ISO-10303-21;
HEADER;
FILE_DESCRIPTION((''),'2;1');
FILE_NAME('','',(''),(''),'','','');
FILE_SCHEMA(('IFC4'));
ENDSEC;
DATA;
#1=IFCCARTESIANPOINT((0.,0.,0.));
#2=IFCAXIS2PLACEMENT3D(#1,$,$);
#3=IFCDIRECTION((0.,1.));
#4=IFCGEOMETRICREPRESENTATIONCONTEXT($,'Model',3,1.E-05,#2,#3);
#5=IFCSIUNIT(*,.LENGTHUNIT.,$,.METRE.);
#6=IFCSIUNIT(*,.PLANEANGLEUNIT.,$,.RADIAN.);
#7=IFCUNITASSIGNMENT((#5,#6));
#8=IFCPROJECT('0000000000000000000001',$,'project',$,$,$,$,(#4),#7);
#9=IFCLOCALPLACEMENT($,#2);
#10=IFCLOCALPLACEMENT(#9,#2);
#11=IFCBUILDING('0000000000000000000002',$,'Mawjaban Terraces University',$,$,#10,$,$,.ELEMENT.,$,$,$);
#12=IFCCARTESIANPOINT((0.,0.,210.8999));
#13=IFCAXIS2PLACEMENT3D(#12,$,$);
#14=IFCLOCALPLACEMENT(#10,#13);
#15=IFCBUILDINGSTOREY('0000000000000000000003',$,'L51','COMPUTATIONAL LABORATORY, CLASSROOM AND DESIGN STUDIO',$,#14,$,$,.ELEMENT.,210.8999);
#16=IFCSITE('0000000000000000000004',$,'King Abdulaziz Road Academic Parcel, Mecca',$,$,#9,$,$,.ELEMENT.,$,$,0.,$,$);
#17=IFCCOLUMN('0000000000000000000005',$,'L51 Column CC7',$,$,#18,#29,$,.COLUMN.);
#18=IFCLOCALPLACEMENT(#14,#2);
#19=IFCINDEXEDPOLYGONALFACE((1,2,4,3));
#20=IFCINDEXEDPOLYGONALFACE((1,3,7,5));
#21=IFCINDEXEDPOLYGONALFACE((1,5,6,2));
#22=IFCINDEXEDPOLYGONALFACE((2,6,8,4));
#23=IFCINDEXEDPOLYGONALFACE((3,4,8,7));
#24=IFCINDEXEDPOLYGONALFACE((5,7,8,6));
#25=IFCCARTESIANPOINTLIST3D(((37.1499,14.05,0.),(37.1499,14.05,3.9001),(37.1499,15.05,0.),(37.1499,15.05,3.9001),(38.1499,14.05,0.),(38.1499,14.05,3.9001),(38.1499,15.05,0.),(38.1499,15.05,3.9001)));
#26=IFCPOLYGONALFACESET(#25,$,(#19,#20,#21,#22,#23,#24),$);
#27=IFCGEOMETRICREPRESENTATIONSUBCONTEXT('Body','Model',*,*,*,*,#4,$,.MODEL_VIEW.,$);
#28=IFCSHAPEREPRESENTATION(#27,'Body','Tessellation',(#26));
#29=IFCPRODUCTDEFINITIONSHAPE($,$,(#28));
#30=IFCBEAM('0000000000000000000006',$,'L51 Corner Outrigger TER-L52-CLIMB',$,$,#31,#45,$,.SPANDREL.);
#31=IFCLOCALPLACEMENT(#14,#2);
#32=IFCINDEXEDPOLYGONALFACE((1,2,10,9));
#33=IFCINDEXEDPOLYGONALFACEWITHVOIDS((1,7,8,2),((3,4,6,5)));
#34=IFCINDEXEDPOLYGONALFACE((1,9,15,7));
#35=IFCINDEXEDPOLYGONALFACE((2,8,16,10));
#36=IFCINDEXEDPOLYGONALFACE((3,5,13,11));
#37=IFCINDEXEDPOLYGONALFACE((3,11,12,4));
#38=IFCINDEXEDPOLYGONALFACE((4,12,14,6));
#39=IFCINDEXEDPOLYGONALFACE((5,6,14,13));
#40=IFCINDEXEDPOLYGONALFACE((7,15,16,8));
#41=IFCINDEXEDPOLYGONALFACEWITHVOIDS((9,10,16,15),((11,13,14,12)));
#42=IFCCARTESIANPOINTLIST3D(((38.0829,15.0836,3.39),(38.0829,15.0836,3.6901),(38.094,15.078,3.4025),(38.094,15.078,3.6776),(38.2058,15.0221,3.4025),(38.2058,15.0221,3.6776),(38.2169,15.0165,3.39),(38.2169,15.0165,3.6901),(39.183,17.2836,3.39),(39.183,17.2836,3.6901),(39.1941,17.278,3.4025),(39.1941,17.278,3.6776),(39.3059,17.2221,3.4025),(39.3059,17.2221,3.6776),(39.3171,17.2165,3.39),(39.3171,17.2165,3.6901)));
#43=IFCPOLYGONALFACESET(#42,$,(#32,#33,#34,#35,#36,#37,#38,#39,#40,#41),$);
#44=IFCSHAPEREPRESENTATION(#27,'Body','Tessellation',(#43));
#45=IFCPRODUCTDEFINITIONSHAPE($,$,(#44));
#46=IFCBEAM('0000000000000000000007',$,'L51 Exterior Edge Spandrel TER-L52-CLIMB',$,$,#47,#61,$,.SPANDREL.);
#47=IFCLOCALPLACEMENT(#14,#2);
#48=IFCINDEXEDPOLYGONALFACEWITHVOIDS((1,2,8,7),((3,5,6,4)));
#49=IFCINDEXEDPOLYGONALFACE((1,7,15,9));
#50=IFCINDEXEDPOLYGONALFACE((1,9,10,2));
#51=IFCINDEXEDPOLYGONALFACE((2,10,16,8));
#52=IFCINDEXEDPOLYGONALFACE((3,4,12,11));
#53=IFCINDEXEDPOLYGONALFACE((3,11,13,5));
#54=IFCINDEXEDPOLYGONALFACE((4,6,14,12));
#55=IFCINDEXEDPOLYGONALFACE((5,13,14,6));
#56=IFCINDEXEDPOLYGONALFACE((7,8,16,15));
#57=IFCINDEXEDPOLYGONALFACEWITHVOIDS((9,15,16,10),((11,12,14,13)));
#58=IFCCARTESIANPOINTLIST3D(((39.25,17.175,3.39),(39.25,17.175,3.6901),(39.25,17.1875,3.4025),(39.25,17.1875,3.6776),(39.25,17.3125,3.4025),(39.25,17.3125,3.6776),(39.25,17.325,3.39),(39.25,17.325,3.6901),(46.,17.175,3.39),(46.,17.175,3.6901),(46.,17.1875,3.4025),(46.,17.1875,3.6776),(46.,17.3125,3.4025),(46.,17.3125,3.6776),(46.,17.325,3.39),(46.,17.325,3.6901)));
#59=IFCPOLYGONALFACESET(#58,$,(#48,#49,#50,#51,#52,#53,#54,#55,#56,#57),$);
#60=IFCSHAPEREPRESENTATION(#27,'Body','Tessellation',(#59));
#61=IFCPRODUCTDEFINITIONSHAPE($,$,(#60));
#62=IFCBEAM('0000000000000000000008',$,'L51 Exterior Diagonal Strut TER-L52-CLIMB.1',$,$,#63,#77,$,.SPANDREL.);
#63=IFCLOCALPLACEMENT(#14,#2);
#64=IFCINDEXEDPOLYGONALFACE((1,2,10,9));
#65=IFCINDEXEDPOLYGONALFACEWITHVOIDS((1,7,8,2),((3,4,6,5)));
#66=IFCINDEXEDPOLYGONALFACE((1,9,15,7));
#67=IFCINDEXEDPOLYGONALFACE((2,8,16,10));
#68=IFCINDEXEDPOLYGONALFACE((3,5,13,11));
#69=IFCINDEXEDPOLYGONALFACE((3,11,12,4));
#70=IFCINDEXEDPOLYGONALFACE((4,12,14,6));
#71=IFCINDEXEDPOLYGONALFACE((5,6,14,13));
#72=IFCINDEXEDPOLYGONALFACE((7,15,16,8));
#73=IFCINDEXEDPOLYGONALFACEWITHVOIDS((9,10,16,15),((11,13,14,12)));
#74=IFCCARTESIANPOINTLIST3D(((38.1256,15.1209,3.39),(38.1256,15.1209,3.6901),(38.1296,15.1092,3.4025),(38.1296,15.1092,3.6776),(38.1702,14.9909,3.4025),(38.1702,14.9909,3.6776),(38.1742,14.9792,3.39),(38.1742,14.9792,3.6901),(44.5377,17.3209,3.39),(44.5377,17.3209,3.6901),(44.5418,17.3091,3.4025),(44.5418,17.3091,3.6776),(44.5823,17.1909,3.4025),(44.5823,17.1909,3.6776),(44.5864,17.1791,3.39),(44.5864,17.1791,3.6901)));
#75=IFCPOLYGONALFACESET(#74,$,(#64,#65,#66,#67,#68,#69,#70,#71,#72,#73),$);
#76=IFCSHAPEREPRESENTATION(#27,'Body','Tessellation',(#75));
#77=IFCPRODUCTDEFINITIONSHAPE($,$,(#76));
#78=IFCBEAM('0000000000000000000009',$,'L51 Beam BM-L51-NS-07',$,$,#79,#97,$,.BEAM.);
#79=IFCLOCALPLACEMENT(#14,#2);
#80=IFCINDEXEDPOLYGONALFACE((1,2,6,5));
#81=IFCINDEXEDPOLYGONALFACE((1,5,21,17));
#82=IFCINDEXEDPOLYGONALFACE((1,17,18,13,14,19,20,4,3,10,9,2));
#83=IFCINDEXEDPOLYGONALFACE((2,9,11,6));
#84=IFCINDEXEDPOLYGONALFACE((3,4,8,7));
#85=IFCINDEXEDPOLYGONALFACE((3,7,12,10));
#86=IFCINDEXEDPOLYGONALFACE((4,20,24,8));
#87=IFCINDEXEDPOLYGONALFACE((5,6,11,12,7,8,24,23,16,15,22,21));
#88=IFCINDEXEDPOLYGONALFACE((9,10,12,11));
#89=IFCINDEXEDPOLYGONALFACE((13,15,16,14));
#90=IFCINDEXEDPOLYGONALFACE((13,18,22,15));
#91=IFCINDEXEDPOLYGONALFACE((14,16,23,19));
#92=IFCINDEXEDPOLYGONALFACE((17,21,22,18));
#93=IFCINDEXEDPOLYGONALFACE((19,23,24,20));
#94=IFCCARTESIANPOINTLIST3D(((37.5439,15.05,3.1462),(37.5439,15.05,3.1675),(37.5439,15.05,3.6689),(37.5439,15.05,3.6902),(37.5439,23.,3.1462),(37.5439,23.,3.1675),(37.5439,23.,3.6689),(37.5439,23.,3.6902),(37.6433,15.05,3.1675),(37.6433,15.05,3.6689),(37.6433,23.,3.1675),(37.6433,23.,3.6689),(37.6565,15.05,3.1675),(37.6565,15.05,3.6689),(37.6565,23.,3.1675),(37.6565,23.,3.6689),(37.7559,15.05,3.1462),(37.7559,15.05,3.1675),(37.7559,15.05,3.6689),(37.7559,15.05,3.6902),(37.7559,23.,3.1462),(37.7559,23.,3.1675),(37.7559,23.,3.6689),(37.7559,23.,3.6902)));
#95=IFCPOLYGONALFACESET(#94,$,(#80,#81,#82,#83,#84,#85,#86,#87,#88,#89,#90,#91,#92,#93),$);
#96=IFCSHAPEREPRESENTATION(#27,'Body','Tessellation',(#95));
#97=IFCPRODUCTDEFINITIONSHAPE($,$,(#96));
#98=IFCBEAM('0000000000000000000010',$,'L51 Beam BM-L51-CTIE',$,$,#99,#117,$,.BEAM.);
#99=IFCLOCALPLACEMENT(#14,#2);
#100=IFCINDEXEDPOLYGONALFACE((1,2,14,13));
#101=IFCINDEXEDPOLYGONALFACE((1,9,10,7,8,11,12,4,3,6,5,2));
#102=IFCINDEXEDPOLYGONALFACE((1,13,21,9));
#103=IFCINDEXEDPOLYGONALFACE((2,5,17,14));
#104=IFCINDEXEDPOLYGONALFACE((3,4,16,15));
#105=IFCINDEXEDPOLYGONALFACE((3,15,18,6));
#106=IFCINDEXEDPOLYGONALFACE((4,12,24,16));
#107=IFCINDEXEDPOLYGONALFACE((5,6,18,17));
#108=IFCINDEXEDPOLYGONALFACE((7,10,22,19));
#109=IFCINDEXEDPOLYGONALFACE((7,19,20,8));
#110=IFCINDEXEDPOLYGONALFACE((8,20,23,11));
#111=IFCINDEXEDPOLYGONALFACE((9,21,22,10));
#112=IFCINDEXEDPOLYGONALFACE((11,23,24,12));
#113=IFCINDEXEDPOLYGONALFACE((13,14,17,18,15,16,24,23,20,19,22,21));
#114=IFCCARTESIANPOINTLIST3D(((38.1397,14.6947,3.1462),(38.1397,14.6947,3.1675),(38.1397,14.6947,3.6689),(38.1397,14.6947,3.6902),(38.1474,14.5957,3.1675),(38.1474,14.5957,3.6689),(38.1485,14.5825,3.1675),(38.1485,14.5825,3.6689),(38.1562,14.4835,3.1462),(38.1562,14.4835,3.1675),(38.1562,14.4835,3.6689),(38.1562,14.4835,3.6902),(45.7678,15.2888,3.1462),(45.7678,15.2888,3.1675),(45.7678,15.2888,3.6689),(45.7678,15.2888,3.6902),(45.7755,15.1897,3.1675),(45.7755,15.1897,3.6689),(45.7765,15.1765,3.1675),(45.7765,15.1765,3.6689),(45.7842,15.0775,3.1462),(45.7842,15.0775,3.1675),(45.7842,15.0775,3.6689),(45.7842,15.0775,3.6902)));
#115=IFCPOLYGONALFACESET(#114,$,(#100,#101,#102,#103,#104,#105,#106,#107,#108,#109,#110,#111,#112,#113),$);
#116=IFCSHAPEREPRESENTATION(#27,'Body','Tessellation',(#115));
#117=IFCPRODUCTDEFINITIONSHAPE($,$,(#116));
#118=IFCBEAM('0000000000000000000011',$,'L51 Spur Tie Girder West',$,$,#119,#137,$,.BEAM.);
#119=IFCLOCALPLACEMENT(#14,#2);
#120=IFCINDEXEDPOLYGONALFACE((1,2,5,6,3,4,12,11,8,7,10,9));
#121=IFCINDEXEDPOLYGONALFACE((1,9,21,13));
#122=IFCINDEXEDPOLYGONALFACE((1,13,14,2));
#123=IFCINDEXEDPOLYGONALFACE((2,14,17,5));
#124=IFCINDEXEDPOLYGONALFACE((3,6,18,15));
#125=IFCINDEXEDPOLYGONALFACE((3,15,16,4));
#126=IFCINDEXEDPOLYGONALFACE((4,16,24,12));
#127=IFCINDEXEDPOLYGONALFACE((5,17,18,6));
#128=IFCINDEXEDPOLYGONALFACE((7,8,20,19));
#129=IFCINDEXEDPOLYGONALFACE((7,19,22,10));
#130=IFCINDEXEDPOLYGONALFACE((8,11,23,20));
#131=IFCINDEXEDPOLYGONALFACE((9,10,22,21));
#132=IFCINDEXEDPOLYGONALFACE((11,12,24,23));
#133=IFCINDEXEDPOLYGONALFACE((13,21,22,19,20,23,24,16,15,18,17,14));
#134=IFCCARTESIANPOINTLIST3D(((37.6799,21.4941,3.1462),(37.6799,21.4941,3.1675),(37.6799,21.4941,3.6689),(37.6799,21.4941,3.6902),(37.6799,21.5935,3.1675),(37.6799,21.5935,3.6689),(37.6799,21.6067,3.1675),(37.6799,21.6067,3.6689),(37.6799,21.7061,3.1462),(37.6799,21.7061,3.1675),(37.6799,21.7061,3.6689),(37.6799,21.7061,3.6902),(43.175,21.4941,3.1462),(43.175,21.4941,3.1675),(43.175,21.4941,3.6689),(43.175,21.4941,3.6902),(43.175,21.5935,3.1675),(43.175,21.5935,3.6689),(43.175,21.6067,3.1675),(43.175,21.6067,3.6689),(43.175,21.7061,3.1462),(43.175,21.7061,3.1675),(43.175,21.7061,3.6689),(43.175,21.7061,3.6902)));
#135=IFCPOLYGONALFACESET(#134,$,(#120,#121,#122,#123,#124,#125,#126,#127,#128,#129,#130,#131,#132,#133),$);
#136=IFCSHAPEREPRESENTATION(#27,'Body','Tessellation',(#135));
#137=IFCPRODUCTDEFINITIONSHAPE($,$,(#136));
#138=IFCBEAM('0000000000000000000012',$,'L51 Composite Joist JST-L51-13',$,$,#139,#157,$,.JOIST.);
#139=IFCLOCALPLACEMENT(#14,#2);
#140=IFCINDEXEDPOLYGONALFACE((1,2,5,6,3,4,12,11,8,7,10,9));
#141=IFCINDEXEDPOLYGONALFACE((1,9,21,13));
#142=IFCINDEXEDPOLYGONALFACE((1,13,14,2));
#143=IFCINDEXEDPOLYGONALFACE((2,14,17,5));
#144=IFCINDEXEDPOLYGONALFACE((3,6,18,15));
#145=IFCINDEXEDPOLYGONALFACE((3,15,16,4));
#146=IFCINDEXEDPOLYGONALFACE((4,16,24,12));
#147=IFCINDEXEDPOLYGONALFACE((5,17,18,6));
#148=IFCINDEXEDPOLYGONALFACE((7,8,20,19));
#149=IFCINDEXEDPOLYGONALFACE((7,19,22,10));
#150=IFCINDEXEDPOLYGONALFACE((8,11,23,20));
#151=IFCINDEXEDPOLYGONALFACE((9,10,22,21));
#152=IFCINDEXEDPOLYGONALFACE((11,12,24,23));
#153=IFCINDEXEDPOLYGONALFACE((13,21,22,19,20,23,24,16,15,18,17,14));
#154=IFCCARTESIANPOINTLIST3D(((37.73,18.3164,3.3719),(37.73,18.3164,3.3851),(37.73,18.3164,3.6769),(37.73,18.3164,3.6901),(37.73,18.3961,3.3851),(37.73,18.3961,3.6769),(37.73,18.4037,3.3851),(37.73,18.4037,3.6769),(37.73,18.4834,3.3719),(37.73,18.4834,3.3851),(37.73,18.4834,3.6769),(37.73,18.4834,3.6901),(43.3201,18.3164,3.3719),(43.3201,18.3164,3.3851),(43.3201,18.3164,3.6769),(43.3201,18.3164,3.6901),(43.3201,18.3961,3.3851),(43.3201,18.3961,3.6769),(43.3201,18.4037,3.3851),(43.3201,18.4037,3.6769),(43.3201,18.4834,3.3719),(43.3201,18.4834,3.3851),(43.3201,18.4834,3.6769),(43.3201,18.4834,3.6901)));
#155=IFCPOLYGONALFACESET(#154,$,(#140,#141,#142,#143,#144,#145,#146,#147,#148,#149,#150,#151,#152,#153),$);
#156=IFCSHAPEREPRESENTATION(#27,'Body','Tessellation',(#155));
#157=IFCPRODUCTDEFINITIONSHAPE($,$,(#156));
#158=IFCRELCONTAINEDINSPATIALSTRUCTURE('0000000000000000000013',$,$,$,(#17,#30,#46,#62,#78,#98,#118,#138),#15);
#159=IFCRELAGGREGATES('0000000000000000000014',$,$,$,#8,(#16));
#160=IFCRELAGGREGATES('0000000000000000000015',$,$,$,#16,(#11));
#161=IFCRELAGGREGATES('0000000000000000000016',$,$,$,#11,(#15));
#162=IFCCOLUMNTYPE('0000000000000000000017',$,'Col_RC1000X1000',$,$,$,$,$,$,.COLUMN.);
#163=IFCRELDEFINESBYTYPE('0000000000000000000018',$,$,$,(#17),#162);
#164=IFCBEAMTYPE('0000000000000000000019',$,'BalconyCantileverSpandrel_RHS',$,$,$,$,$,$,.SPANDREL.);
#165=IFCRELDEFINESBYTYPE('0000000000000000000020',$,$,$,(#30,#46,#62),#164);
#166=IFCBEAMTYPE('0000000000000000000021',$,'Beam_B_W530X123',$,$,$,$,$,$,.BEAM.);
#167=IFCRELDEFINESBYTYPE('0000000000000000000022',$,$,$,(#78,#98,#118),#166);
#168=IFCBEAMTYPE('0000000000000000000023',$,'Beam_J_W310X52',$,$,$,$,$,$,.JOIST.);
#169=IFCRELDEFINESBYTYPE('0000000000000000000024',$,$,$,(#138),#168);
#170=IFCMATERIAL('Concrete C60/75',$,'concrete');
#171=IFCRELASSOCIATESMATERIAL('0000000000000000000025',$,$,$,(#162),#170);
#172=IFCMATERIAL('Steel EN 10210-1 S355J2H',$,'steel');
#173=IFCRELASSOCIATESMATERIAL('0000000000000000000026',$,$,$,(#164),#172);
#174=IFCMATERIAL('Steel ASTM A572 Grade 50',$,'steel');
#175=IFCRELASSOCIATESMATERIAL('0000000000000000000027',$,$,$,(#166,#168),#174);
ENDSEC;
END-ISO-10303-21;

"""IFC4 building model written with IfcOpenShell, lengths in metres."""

from ifc_helpers import new_model, si_unit, direction, frame, origin, origin_2d, place, context, subcontext, project, spatial, rectangle, hollow_rectangle, i_section, extrude, material, material_profile, profile_set, type_object, element, save


model = new_model("IFC4")

# Units and contexts
model_context = context("Model", 3, precision=1e-05, world=origin(), true_north=direction((0.0, 1.0)))
body_context = subcontext(model_context, "Body", "Model", "MODEL_VIEW")
ifc_project = project(units=[si_unit("LENGTHUNIT", "METRE"), si_unit("PLANEANGLEUNIT", "RADIAN")], contexts=[model_context])

# Site, building, storey
site_placement = place(None, origin())
site = spatial("IfcSite", under=ifc_project, at=site_placement, Name="King Abdulaziz Road Academic Parcel, Mecca", CompositionType="ELEMENT", RefElevation=0.0)
building_placement = place(site_placement, origin())
building = spatial("IfcBuilding", under=site, at=building_placement, Name="Mawjaban Terraces University", CompositionType="ELEMENT")
storey_placement = place(building_placement, frame((0.0, 0.0, 210.8999)))
storey = spatial("IfcBuildingStorey", under=building, at=storey_placement, Name="L51", Description="COMPUTATIONAL LABORATORY, CLASSROOM AND DESIGN STUDIO", CompositionType="ELEMENT", Elevation=210.8999)

# Column
ifc_material_1 = material(Name="Concrete C60/75", Category="concrete")
ifc_material_profile_1 = material_profile(ifc_material_1, rectangle(XDim=1.0, YDim=1.0, at=origin_2d()), Name="RC1000X1000")
ifc_profile_set_1 = profile_set([ifc_material_profile_1], Name="Concrete C60/75")
column_type = type_object("IfcColumnType", Name="Col_RC1000X1000", PredefinedType="COLUMN", material=ifc_profile_set_1)
column_placement = place(storey_placement, frame((37.6499, 14.55, 0.0), z_axis=(0.0, 0.0, 1.0), x_axis=(1.0, 0.0, 0.0)))
element("IfcColumn", 1, at=column_placement, inside=storey, type_object=column_type, Name="L51 Column CC7", PredefinedType="COLUMN", context=body_context, shape_type="SweptSolid", body=[
    extrude(rectangle(XDim=1.0, YDim=1.0, at=origin_2d()), origin(), (0.0, 0.0, 1.0), 3.9001),
])

# Beams
ifc_material_2 = material(Name="Steel EN 10210-1 S355J2H", Category="steel")
ifc_material_profile_2 = material_profile(ifc_material_2, hollow_rectangle(XDim=0.1499, YDim=0.3, WallThickness=0.0125, at=origin_2d()), Name="RHS300X150X12.5")
ifc_profile_set_2 = profile_set([ifc_material_profile_2], Name="Steel EN 10210-1 S355J2H")
beam_type_1 = type_object("IfcBeamType", Name="BalconyCantileverSpandrel_RHS", PredefinedType="SPANDREL", material=ifc_profile_set_2)
beam_1_placement = place(storey_placement, frame((38.1499, 15.05, 3.54), z_axis=(0.447253, 0.894407, 0.0), x_axis=(-0.894407, 0.447253, 0.0)))
element("IfcBeam", 2, at=beam_1_placement, inside=storey, type_object=beam_type_1, Name="L51 Corner Outrigger TER-L52-CLIMB", PredefinedType="SPANDREL", context=body_context, shape_type="SweptSolid", body=[
    extrude(hollow_rectangle(XDim=0.1499, YDim=0.3, WallThickness=0.0125, at=origin_2d()), origin(), (0.0, 0.0, 1.0), 2.4597),
])
beam_2_placement = place(storey_placement, frame((39.25, 17.25, 3.54), z_axis=(1.0, 0.0, 0.0), x_axis=(0.0, 1.0, 0.0)))
element("IfcBeam", 3, at=beam_2_placement, inside=storey, type_object=beam_type_1, Name="L51 Exterior Edge Spandrel TER-L52-CLIMB", PredefinedType="SPANDREL", context=body_context, shape_type="SweptSolid", body=[
    extrude(hollow_rectangle(XDim=0.1499, YDim=0.3, WallThickness=0.0125, at=origin_2d()), origin(), (0.0, 0.0, 1.0), 6.75),
])
beam_3_placement = place(storey_placement, frame((38.1499, 15.05, 3.54), z_axis=(0.945877, 0.324524, 0.0), x_axis=(-0.324524, 0.945877, 0.0)))
element("IfcBeam", 4, at=beam_3_placement, inside=storey, type_object=beam_type_1, Name="L51 Exterior Diagonal Strut TER-L52-CLIMB.1", PredefinedType="SPANDREL", context=body_context, shape_type="SweptSolid", body=[
    extrude(hollow_rectangle(XDim=0.1499, YDim=0.3, WallThickness=0.0125, at=origin_2d()), origin(), (0.0, 0.0, 1.0), 6.7791),
])
ifc_material_3 = material(Name="Steel ASTM A572 Grade 50", Category="steel")
ifc_material_profile_3 = material_profile(ifc_material_3, i_section(OverallWidth=0.2119, OverallDepth=0.5439, WebThickness=0.0132, FlangeThickness=0.0212, at=origin_2d()), Name="W530X123")
ifc_profile_set_3 = profile_set([ifc_material_profile_3], Name="Steel ASTM A572 Grade 50")
beam_type_2 = type_object("IfcBeamType", Name="Beam_B_W530X123", PredefinedType="BEAM", material=ifc_profile_set_3)
beam_4_placement = place(storey_placement, frame((37.6499, 15.05, 3.4182), z_axis=(0.0, 1.0, 0.0), x_axis=(-1.0, 0.0, 0.0)))
element("IfcBeam", 5, at=beam_4_placement, inside=storey, type_object=beam_type_2, Name="L51 Beam BM-L51-NS-07", PredefinedType="BEAM", context=body_context, shape_type="SweptSolid", body=[
    extrude(i_section(OverallWidth=0.2119, OverallDepth=0.5439, WebThickness=0.0132, FlangeThickness=0.0212, at=origin_2d()), origin(), (0.0, 0.0, 1.0), 7.95),
])
beam_5_placement = place(storey_placement, frame((38.1479, 14.5891, 3.4182), z_axis=(0.996982, 0.077636, 0.0), x_axis=(-0.077636, 0.996982, 0.0)))
element("IfcBeam", 6, at=beam_5_placement, inside=storey, type_object=beam_type_2, Name="L51 Beam BM-L51-CTIE", PredefinedType="BEAM", context=body_context, shape_type="SweptSolid", body=[
    extrude(i_section(OverallWidth=0.2119, OverallDepth=0.5439, WebThickness=0.0132, FlangeThickness=0.0212, at=origin_2d()), origin(), (0.0, 0.0, 1.0), 7.6511),
])
beam_6_placement = place(storey_placement, frame((37.6799, 21.6001, 3.4182), z_axis=(1.0, 0.0, 0.0), x_axis=(0.0, 1.0, 0.0)))
element("IfcBeam", 7, at=beam_6_placement, inside=storey, type_object=beam_type_2, Name="L51 Spur Tie Girder West", PredefinedType="BEAM", context=body_context, shape_type="SweptSolid", body=[
    extrude(i_section(OverallWidth=0.2119, OverallDepth=0.5439, WebThickness=0.0132, FlangeThickness=0.0212, at=origin_2d()), origin(), (0.0, 0.0, 1.0), 5.4951),
])
ifc_material_profile_4 = material_profile(ifc_material_3, i_section(OverallWidth=0.167, OverallDepth=0.3181, WebThickness=0.0076, FlangeThickness=0.0132, at=origin_2d()), Name="W310X52")
ifc_profile_set_4 = profile_set([ifc_material_profile_4], Name="Steel ASTM A572 Grade 50")
beam_type_3 = type_object("IfcBeamType", Name="Beam_J_W310X52", PredefinedType="JOIST", material=ifc_profile_set_4)
beam_7_placement = place(storey_placement, frame((37.73, 18.3999, 3.531), z_axis=(1.0, 0.0, 0.0), x_axis=(0.0, 1.0, 0.0)))
element("IfcBeam", 8, at=beam_7_placement, inside=storey, type_object=beam_type_3, Name="L51 Composite Joist JST-L51-13", PredefinedType="JOIST", context=body_context, shape_type="SweptSolid", body=[
    extrude(i_section(OverallWidth=0.167, OverallDepth=0.3181, WebThickness=0.0076, FlangeThickness=0.0132, at=origin_2d()), origin(), (0.0, 0.0, 1.0), 5.5901),
])

save(model, "model.ifc")
